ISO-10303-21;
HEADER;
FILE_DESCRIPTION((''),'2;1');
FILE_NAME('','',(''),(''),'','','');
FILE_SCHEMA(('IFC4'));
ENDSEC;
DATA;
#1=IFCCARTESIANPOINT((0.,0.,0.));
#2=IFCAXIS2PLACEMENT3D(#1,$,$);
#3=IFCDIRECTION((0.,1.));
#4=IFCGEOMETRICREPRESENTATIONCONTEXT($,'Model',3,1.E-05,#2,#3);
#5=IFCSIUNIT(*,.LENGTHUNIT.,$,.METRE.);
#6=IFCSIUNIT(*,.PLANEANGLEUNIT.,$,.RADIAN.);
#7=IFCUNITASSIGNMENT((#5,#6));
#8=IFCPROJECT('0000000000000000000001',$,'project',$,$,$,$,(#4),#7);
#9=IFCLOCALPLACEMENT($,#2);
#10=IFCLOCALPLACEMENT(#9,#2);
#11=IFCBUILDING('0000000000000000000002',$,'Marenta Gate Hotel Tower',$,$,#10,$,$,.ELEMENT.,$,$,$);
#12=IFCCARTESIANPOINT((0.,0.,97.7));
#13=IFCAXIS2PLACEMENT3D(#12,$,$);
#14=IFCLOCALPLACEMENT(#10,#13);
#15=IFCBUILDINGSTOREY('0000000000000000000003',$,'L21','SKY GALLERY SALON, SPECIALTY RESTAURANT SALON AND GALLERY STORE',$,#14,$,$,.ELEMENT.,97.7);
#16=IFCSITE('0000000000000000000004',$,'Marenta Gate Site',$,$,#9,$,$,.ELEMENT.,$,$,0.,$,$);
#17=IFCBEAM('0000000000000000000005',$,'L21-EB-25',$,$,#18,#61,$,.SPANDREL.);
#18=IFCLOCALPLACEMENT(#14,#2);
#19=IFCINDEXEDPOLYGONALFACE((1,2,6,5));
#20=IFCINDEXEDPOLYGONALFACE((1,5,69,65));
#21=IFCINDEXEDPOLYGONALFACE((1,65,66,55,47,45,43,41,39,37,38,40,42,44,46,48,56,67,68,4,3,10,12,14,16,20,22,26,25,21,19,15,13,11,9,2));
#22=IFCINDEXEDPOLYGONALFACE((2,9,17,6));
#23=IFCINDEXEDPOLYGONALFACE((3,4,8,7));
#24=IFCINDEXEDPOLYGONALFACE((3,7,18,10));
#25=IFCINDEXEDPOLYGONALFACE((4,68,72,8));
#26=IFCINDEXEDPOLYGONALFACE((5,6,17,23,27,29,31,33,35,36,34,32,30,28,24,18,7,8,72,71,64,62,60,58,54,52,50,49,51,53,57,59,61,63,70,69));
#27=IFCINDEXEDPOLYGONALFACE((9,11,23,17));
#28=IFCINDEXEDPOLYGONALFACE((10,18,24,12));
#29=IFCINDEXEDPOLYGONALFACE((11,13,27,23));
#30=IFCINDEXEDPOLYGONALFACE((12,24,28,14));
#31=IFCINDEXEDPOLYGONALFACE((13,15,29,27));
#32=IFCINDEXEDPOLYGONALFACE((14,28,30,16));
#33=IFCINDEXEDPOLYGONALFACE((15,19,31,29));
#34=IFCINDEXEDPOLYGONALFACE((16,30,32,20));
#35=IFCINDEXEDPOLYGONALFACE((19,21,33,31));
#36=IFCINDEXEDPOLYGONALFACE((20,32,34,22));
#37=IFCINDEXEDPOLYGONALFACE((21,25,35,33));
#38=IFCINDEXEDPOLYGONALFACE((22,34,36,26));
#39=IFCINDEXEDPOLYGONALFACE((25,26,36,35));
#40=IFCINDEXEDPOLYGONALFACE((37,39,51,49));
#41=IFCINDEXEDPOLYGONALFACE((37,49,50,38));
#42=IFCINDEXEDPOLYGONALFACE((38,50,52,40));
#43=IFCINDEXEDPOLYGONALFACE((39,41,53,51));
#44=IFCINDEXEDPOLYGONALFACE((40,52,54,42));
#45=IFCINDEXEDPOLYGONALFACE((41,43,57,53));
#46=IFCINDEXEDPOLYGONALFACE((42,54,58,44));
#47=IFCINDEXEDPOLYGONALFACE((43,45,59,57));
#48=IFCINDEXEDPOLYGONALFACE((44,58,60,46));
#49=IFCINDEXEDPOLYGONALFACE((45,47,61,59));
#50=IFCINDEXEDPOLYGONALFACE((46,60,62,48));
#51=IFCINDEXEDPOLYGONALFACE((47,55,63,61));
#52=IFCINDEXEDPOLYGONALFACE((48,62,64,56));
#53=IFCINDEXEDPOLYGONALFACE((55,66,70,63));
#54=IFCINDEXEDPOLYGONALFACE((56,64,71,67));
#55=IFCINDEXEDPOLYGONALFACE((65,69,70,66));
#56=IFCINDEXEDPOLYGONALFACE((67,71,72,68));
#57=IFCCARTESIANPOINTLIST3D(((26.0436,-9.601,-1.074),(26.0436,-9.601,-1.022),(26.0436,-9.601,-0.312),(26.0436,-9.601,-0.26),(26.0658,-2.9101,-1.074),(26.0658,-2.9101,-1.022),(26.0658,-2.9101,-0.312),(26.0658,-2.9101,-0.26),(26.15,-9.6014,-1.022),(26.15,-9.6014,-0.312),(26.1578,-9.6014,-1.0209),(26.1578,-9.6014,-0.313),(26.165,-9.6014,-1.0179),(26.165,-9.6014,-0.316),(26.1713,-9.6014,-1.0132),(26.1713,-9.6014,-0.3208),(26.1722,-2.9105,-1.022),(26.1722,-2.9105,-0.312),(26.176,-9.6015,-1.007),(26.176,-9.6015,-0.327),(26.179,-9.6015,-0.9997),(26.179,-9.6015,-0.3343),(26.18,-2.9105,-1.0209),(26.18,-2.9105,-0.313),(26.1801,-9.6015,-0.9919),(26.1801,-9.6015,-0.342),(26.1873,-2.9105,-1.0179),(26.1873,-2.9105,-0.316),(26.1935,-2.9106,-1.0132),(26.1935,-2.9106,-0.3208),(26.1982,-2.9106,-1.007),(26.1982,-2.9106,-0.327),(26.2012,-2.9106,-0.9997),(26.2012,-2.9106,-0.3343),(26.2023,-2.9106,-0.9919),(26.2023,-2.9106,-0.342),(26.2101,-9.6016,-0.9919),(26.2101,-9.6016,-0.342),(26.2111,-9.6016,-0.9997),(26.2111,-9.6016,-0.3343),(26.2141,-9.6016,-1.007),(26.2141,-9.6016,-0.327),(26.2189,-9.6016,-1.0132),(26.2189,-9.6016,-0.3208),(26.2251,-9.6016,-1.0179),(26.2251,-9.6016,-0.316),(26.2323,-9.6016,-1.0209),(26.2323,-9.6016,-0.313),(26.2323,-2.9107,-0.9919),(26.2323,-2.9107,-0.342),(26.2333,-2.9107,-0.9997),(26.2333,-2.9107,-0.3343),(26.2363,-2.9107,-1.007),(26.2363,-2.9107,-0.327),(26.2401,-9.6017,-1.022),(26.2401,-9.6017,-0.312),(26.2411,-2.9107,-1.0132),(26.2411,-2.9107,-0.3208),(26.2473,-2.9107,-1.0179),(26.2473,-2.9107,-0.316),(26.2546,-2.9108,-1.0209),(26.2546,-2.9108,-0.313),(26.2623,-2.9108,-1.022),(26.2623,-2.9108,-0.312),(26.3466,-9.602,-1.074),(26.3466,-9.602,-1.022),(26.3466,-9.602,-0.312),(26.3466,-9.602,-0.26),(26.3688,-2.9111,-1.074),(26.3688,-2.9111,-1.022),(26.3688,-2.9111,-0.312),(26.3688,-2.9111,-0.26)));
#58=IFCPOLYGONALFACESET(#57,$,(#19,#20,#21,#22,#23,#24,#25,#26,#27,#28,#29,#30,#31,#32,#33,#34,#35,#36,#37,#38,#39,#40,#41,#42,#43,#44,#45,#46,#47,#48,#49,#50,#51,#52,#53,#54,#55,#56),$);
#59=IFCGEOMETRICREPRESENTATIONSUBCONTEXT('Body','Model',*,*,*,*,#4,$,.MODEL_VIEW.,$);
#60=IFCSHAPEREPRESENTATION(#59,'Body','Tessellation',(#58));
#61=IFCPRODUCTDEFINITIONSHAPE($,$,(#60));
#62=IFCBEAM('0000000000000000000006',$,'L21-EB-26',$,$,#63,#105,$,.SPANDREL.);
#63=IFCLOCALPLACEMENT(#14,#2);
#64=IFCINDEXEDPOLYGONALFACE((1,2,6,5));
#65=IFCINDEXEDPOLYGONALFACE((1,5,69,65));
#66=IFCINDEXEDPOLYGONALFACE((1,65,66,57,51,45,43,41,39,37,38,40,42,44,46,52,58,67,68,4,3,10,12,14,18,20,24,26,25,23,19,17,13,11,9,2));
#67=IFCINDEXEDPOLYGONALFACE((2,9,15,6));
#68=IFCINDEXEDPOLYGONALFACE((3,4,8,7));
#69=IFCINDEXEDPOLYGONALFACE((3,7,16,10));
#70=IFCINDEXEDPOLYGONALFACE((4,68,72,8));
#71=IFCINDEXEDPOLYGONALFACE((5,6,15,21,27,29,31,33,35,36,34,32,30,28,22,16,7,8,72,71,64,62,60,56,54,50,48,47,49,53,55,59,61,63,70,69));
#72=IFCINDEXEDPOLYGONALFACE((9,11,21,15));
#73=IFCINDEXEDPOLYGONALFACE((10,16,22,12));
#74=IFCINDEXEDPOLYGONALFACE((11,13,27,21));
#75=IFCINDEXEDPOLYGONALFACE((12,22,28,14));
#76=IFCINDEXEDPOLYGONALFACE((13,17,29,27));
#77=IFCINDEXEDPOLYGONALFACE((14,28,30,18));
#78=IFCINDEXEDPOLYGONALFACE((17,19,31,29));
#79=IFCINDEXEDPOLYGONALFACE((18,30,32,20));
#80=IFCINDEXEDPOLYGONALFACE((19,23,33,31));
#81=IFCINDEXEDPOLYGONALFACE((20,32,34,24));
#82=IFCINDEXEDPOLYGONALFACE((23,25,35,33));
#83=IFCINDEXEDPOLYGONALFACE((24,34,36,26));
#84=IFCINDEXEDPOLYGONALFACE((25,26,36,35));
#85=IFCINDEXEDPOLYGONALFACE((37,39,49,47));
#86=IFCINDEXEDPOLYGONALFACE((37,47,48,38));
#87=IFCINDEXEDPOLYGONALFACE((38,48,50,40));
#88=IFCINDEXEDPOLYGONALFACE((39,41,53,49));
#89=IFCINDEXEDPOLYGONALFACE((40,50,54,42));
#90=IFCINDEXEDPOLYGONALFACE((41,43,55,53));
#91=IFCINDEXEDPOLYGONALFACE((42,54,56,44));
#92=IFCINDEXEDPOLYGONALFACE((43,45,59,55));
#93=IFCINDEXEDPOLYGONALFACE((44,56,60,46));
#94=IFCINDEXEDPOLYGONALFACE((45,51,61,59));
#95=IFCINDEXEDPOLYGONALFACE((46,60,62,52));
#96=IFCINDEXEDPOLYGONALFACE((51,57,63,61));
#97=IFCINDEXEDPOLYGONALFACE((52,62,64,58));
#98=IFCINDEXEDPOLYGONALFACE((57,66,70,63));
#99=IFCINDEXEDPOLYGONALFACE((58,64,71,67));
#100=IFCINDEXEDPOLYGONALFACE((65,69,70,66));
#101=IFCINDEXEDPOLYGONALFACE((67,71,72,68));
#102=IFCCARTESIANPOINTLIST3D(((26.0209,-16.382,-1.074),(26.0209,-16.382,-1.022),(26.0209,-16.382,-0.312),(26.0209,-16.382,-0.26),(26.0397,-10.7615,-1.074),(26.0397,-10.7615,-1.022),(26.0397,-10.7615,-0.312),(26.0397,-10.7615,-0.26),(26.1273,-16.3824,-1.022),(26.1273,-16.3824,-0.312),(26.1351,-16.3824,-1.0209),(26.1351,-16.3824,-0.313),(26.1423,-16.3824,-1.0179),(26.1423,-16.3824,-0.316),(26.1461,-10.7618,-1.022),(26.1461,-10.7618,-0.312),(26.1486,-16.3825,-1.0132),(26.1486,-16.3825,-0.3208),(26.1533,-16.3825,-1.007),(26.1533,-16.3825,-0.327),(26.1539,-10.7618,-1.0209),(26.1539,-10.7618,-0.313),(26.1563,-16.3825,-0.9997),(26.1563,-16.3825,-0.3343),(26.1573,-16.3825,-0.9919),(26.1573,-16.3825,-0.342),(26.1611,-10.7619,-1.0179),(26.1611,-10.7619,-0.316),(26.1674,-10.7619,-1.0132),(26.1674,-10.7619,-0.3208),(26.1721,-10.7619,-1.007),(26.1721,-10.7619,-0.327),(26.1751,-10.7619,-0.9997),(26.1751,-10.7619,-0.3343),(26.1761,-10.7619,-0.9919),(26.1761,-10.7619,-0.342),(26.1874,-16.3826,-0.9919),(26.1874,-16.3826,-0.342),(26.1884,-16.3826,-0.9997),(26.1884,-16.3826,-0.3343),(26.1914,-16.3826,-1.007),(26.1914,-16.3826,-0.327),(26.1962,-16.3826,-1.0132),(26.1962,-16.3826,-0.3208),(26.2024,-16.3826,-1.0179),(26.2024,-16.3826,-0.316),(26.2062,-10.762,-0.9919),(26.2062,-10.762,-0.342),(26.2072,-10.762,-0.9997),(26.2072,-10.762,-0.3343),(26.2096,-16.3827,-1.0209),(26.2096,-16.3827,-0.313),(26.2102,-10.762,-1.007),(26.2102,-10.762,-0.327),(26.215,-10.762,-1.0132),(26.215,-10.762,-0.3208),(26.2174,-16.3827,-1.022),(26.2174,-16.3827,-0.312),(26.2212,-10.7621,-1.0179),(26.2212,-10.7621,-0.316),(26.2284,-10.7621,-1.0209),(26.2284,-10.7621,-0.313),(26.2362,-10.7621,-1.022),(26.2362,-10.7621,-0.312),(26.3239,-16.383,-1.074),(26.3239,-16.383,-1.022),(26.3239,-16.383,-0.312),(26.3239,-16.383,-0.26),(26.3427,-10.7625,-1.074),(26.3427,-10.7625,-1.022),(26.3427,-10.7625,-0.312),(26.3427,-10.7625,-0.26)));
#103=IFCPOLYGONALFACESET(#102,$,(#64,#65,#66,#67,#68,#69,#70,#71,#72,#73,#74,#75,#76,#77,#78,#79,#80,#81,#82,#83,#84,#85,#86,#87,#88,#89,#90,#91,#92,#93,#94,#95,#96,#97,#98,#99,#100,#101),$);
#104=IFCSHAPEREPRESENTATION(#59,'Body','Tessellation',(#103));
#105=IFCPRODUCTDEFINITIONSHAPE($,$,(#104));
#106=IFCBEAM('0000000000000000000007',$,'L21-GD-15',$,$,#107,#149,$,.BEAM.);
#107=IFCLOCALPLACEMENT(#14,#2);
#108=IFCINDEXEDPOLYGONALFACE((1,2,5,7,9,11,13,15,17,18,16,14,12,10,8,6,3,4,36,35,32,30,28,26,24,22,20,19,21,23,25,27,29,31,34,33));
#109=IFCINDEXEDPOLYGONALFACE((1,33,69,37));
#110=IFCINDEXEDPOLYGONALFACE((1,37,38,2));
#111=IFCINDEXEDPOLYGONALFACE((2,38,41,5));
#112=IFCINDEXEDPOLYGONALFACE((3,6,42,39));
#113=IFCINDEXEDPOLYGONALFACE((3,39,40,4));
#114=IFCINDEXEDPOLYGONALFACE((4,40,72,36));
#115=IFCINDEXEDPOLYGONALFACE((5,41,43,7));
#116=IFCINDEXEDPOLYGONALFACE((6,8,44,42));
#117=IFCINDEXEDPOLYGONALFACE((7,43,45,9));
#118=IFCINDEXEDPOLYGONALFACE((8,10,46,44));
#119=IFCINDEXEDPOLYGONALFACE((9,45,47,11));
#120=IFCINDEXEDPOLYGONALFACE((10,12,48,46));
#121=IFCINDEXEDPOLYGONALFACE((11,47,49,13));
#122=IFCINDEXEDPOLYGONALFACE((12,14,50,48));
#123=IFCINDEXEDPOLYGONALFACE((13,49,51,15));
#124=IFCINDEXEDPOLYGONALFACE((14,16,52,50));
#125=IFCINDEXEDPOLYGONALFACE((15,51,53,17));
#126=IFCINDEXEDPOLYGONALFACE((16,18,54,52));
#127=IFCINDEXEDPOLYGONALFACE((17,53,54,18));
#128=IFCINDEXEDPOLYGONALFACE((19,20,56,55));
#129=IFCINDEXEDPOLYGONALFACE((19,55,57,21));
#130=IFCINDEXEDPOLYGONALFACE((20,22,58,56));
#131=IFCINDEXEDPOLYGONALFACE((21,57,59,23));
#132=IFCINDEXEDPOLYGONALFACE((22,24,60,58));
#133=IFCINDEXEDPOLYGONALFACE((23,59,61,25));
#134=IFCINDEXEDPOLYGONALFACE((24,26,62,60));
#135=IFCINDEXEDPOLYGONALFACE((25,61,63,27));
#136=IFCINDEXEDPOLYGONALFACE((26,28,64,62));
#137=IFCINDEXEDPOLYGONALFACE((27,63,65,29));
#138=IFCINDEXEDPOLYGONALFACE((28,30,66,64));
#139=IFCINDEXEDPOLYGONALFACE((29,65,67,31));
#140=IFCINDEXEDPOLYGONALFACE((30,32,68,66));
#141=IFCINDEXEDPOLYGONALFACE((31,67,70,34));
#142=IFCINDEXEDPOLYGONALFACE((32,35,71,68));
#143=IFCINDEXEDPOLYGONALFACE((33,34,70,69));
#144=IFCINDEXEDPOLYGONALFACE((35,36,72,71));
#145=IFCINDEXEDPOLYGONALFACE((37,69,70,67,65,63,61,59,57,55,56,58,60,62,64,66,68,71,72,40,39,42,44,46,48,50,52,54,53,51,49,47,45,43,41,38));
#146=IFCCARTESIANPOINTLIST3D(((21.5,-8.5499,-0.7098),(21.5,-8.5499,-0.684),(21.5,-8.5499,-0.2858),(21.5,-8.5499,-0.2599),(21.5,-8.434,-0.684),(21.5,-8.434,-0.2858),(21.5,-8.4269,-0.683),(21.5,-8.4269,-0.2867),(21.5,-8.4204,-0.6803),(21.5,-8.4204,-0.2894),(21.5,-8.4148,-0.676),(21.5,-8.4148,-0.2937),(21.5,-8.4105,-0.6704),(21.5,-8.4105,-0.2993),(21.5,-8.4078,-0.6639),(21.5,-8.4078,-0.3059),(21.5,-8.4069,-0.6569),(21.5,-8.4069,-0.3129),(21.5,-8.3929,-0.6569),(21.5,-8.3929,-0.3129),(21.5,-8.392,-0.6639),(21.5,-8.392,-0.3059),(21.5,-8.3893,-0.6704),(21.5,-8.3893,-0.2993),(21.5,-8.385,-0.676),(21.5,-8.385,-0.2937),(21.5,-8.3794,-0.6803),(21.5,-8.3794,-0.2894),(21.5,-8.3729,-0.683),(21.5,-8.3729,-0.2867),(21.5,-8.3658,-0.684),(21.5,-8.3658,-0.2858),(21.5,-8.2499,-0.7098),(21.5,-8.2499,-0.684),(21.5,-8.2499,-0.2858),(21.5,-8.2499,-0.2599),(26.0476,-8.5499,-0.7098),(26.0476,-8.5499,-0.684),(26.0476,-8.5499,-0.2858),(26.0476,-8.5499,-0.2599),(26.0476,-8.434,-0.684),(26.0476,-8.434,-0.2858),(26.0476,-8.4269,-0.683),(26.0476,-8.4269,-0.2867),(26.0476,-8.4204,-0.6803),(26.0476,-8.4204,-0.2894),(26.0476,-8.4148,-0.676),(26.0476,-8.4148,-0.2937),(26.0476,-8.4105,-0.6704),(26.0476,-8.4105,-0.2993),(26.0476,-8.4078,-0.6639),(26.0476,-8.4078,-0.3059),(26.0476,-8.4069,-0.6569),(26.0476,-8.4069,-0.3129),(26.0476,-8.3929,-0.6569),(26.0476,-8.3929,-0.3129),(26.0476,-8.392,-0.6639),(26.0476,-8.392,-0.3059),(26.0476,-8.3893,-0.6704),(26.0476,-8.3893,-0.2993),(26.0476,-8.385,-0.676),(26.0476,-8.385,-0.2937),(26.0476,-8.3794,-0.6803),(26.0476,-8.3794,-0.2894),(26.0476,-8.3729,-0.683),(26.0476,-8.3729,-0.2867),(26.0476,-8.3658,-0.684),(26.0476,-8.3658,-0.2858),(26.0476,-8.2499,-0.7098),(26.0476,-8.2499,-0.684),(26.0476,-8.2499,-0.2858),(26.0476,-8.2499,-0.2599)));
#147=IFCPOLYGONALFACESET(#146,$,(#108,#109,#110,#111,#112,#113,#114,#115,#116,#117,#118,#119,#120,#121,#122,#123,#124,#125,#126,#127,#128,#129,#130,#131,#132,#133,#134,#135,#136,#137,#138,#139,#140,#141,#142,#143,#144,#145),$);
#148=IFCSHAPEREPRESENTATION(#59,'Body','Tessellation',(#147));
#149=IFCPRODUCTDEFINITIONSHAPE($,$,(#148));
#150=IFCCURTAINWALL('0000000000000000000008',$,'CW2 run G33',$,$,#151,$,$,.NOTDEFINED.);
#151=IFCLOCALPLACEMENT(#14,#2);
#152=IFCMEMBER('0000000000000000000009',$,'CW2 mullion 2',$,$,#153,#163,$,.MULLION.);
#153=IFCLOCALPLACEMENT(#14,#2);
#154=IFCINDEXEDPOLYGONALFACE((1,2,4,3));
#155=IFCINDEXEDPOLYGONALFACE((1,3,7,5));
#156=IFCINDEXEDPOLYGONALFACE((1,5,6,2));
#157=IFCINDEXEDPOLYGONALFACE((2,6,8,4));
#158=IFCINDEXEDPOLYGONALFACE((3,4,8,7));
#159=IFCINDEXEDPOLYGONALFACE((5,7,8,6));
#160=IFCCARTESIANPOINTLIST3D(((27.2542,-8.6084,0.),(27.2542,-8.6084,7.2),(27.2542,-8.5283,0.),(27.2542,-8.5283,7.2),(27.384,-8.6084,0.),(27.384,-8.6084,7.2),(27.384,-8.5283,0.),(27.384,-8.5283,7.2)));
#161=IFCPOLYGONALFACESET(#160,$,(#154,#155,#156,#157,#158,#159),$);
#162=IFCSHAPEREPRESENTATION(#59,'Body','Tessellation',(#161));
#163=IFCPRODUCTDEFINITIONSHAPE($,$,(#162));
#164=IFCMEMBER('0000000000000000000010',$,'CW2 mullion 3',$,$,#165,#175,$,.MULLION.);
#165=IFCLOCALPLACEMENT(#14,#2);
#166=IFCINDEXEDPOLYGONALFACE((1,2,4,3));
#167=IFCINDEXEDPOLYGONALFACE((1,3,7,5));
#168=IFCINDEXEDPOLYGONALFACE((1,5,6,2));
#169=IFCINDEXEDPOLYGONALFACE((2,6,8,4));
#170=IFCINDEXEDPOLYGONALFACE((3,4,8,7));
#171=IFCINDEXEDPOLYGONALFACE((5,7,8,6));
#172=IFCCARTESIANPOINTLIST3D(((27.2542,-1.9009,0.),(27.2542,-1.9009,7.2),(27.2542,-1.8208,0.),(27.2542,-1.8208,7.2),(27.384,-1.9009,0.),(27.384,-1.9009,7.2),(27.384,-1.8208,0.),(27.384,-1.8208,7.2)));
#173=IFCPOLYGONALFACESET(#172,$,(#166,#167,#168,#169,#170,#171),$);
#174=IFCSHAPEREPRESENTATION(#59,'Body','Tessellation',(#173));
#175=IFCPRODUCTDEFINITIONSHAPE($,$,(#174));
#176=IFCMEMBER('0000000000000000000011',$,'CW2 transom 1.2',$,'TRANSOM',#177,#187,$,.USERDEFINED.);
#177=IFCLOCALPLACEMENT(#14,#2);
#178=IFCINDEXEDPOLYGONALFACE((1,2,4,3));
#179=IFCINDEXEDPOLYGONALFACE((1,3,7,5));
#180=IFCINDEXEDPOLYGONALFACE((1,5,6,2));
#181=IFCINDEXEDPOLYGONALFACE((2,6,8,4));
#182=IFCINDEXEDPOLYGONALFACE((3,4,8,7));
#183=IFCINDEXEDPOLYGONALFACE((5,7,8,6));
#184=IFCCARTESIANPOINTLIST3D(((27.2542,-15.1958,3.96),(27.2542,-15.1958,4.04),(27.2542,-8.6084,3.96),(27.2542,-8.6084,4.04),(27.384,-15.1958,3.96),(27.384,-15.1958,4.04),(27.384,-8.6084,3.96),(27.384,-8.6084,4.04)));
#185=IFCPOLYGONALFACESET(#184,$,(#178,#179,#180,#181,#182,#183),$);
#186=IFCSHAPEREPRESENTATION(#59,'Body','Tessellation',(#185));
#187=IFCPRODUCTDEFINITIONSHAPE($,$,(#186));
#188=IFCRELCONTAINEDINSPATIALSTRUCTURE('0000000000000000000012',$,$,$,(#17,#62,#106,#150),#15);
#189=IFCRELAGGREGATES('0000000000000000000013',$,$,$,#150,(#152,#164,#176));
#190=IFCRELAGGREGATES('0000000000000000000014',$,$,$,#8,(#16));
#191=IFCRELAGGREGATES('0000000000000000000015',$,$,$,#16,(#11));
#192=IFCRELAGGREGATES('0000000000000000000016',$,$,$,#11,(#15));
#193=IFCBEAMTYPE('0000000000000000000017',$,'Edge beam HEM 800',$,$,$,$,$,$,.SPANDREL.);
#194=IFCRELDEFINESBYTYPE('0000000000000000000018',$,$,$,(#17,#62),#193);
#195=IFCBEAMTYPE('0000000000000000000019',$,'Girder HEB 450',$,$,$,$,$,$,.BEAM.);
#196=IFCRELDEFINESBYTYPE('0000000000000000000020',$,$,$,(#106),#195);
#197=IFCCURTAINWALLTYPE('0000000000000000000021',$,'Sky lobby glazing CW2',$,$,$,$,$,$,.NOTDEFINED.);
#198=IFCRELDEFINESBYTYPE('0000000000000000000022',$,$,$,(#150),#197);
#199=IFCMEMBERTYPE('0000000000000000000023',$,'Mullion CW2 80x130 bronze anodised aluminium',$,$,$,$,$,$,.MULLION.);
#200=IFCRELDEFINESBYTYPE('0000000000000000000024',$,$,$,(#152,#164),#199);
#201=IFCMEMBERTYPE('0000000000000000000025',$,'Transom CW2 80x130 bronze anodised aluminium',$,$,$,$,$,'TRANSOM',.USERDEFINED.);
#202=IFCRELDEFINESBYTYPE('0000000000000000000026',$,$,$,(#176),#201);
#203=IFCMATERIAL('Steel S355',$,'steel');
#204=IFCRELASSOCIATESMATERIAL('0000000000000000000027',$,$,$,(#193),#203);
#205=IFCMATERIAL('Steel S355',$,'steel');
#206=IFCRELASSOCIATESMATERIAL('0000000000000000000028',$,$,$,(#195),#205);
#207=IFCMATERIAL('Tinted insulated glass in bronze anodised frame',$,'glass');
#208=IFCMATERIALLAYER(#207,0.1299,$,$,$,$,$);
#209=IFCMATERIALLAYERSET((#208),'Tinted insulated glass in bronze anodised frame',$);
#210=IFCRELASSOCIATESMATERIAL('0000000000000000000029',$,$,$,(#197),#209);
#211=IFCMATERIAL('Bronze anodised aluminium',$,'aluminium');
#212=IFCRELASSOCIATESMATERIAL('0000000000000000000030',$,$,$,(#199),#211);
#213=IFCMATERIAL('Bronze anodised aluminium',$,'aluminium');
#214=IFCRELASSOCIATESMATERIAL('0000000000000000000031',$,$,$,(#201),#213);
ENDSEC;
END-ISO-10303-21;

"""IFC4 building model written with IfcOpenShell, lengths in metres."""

from ifc_helpers import new_model, si_unit, direction, frame, origin, origin_2d, place, context, subcontext, project, spatial, rectangle, i_section, extrude, material, layer, layer_set, material_profile, profile_set, type_object, element, aggregate, save


model = new_model("IFC4")

# Units and contexts
model_context = context("Model", 3, precision=1e-05, world=origin(), true_north=direction((0.0, 1.0)))
body_context = subcontext(model_context, "Body", "Model", "MODEL_VIEW")
ifc_project = project(units=[si_unit("LENGTHUNIT", "METRE"), si_unit("PLANEANGLEUNIT", "RADIAN")], contexts=[model_context])

# Site, building, storey
site_placement = place(None, origin())
site = spatial("IfcSite", under=ifc_project, at=site_placement, Name="Marenta Gate Site", CompositionType="ELEMENT", RefElevation=0.0)
building_placement = place(site_placement, origin())
building = spatial("IfcBuilding", under=site, at=building_placement, Name="Marenta Gate Hotel Tower", CompositionType="ELEMENT")
storey_placement = place(building_placement, frame((0.0, 0.0, 97.7)))
storey = spatial("IfcBuildingStorey", under=building, at=storey_placement, Name="L21", Description="SKY GALLERY SALON, SPECIALTY RESTAURANT SALON AND GALLERY STORE", CompositionType="ELEMENT", Elevation=97.7)

# Beams
ifc_material_1 = material(Name="Steel S355", Category="steel")
ifc_material_profile_1 = material_profile(ifc_material_1, i_section(OverallWidth=0.303, OverallDepth=0.814, WebThickness=0.03, FlangeThickness=0.052, FilletRadius=0.03, at=origin_2d()), Name="HEM 800")
ifc_profile_set_1 = profile_set([ifc_material_profile_1], Name="Steel S355")
beam_type_1 = type_object("IfcBeamType", Name="Edge beam HEM 800", PredefinedType="SPANDREL", material=ifc_profile_set_1)
beam_1_placement = place(storey_placement, frame((26.2173, -2.9106, -0.667), z_axis=(-0.00332, -0.999994, 0.0), x_axis=(0.999994, -0.00332, 0.0)))
element("IfcBeam", 1, at=beam_1_placement, inside=storey, type_object=beam_type_1, Name="L21-EB-25", PredefinedType="SPANDREL", context=body_context, shape_type="SweptSolid", body=[
    extrude(i_section(OverallWidth=0.303, OverallDepth=0.814, WebThickness=0.03, FlangeThickness=0.052, FilletRadius=0.03, at=origin_2d()), origin(), (0.0, 0.0, 1.0), 6.6909),
])
beam_2_placement = place(storey_placement, frame((26.1912, -10.762, -0.667), z_axis=(-0.003345, -0.999994, 0.0), x_axis=(0.999994, -0.003345, 0.0)))
element("IfcBeam", 2, at=beam_2_placement, inside=storey, type_object=beam_type_1, Name="L21-EB-26", PredefinedType="SPANDREL", context=body_context, shape_type="SweptSolid", body=[
    extrude(i_section(OverallWidth=0.303, OverallDepth=0.814, WebThickness=0.03, FlangeThickness=0.052, FilletRadius=0.03, at=origin_2d()), origin(), (0.0, 0.0, 1.0), 5.6206),
])
ifc_material_2 = material(Name="Steel S355", Category="steel")
ifc_material_profile_2 = material_profile(ifc_material_2, i_section(OverallWidth=0.3, OverallDepth=0.45, WebThickness=0.0139, FlangeThickness=0.0259, FilletRadius=0.0271, at=origin_2d()), Name="HEB 450")
ifc_profile_set_2 = profile_set([ifc_material_profile_2], Name="Steel S355")
beam_type_2 = type_object("IfcBeamType", Name="Girder HEB 450", PredefinedType="BEAM", material=ifc_profile_set_2)
beam_3_placement = place(storey_placement, frame((21.5, -8.3999, -0.4849), z_axis=(1.0, 0.0, 0.0), x_axis=(0.0, 1.0, 0.0)))
element("IfcBeam", 3, at=beam_3_placement, inside=storey, type_object=beam_type_2, Name="L21-GD-15", PredefinedType="BEAM", context=body_context, shape_type="SweptSolid", body=[
    extrude(i_section(OverallWidth=0.3, OverallDepth=0.45, WebThickness=0.0139, FlangeThickness=0.0259, FilletRadius=0.0271, at=origin_2d()), origin(), (0.0, 0.0, 1.0), 4.5476),
])

# Curtain wall, members
ifc_material_3 = material(Name="Tinted insulated glass in bronze anodised frame", Category="glass")
ifc_layer_1 = layer(ifc_material_3, 0.1299)
ifc_layer_set_1 = layer_set([ifc_layer_1], Name="Tinted insulated glass in bronze anodised frame")
curtain_wall_type = type_object("IfcCurtainWallType", Name="Sky lobby glazing CW2", PredefinedType="NOTDEFINED", material=ifc_layer_set_1)
curtain_wall_placement = place(storey_placement, origin())
curtain_wall = element("IfcCurtainWall", 4, at=curtain_wall_placement, inside=storey, type_object=curtain_wall_type, Name="CW2 run G33", PredefinedType="NOTDEFINED")
ifc_material_4 = material(Name="Bronze anodised aluminium", Category="aluminium")
ifc_material_profile_3 = material_profile(ifc_material_4, rectangle(XDim=0.1299, YDim=0.0801, at=origin_2d()), Name="Mullion CW2 80x130 bronze anodised aluminium")
ifc_profile_set_3 = profile_set([ifc_material_profile_3], Name="Bronze anodised aluminium")
member_type_1 = type_object("IfcMemberType", Name="Mullion CW2 80x130 bronze anodised aluminium", PredefinedType="MULLION", material=ifc_profile_set_3)
member_1_placement = place(storey_placement, frame((27.3191, -8.5684, 0.0), z_axis=(0.0, 0.0, 1.0), x_axis=(-1.0, 0.0, 0.0)))
member_1 = element("IfcMember", 5, at=member_1_placement, type_object=member_type_1, Name="CW2 mullion 2", PredefinedType="MULLION", context=body_context, shape_type="SweptSolid", body=[
    extrude(rectangle(XDim=0.1299, YDim=0.0801, at=origin_2d()), origin(), (0.0, 0.0, 1.0), 7.2),
])
member_2_placement = place(storey_placement, frame((27.3191, -1.8608, 0.0), z_axis=(0.0, 0.0, 1.0), x_axis=(-1.0, 0.0, 0.0)))
member_2 = element("IfcMember", 6, at=member_2_placement, type_object=member_type_1, Name="CW2 mullion 3", PredefinedType="MULLION", context=body_context, shape_type="SweptSolid", body=[
    extrude(rectangle(XDim=0.1299, YDim=0.0801, at=origin_2d()), origin(), (0.0, 0.0, 1.0), 7.2),
])
ifc_material_5 = material(Name="Bronze anodised aluminium", Category="aluminium")
ifc_material_profile_4 = material_profile(ifc_material_5, rectangle(XDim=0.1299, YDim=0.0801, at=origin_2d()), Name="Transom CW2 80x130 bronze anodised aluminium")
ifc_profile_set_4 = profile_set([ifc_material_profile_4], Name="Bronze anodised aluminium")
member_type_2 = type_object("IfcMemberType", Name="Transom CW2 80x130 bronze anodised aluminium", ElementType="TRANSOM", PredefinedType="USERDEFINED", material=ifc_profile_set_4)
member_3_placement = place(storey_placement, frame((27.3191, -15.1958, 4.0), z_axis=(0.0, 1.0, 0.0), x_axis=(-1.0, 0.0, 0.0)))
member_3 = element("IfcMember", 7, at=member_3_placement, type_object=member_type_2, Name="CW2 transom 1.2", ObjectType="TRANSOM", PredefinedType="USERDEFINED", context=body_context, shape_type="SweptSolid", body=[
    extrude(rectangle(XDim=0.1299, YDim=0.0801, at=origin_2d()), origin(), (0.0, 0.0, 1.0), 6.5874),
])
aggregate(curtain_wall, [member_1, member_2, member_3])

save(model, "model.ifc")
